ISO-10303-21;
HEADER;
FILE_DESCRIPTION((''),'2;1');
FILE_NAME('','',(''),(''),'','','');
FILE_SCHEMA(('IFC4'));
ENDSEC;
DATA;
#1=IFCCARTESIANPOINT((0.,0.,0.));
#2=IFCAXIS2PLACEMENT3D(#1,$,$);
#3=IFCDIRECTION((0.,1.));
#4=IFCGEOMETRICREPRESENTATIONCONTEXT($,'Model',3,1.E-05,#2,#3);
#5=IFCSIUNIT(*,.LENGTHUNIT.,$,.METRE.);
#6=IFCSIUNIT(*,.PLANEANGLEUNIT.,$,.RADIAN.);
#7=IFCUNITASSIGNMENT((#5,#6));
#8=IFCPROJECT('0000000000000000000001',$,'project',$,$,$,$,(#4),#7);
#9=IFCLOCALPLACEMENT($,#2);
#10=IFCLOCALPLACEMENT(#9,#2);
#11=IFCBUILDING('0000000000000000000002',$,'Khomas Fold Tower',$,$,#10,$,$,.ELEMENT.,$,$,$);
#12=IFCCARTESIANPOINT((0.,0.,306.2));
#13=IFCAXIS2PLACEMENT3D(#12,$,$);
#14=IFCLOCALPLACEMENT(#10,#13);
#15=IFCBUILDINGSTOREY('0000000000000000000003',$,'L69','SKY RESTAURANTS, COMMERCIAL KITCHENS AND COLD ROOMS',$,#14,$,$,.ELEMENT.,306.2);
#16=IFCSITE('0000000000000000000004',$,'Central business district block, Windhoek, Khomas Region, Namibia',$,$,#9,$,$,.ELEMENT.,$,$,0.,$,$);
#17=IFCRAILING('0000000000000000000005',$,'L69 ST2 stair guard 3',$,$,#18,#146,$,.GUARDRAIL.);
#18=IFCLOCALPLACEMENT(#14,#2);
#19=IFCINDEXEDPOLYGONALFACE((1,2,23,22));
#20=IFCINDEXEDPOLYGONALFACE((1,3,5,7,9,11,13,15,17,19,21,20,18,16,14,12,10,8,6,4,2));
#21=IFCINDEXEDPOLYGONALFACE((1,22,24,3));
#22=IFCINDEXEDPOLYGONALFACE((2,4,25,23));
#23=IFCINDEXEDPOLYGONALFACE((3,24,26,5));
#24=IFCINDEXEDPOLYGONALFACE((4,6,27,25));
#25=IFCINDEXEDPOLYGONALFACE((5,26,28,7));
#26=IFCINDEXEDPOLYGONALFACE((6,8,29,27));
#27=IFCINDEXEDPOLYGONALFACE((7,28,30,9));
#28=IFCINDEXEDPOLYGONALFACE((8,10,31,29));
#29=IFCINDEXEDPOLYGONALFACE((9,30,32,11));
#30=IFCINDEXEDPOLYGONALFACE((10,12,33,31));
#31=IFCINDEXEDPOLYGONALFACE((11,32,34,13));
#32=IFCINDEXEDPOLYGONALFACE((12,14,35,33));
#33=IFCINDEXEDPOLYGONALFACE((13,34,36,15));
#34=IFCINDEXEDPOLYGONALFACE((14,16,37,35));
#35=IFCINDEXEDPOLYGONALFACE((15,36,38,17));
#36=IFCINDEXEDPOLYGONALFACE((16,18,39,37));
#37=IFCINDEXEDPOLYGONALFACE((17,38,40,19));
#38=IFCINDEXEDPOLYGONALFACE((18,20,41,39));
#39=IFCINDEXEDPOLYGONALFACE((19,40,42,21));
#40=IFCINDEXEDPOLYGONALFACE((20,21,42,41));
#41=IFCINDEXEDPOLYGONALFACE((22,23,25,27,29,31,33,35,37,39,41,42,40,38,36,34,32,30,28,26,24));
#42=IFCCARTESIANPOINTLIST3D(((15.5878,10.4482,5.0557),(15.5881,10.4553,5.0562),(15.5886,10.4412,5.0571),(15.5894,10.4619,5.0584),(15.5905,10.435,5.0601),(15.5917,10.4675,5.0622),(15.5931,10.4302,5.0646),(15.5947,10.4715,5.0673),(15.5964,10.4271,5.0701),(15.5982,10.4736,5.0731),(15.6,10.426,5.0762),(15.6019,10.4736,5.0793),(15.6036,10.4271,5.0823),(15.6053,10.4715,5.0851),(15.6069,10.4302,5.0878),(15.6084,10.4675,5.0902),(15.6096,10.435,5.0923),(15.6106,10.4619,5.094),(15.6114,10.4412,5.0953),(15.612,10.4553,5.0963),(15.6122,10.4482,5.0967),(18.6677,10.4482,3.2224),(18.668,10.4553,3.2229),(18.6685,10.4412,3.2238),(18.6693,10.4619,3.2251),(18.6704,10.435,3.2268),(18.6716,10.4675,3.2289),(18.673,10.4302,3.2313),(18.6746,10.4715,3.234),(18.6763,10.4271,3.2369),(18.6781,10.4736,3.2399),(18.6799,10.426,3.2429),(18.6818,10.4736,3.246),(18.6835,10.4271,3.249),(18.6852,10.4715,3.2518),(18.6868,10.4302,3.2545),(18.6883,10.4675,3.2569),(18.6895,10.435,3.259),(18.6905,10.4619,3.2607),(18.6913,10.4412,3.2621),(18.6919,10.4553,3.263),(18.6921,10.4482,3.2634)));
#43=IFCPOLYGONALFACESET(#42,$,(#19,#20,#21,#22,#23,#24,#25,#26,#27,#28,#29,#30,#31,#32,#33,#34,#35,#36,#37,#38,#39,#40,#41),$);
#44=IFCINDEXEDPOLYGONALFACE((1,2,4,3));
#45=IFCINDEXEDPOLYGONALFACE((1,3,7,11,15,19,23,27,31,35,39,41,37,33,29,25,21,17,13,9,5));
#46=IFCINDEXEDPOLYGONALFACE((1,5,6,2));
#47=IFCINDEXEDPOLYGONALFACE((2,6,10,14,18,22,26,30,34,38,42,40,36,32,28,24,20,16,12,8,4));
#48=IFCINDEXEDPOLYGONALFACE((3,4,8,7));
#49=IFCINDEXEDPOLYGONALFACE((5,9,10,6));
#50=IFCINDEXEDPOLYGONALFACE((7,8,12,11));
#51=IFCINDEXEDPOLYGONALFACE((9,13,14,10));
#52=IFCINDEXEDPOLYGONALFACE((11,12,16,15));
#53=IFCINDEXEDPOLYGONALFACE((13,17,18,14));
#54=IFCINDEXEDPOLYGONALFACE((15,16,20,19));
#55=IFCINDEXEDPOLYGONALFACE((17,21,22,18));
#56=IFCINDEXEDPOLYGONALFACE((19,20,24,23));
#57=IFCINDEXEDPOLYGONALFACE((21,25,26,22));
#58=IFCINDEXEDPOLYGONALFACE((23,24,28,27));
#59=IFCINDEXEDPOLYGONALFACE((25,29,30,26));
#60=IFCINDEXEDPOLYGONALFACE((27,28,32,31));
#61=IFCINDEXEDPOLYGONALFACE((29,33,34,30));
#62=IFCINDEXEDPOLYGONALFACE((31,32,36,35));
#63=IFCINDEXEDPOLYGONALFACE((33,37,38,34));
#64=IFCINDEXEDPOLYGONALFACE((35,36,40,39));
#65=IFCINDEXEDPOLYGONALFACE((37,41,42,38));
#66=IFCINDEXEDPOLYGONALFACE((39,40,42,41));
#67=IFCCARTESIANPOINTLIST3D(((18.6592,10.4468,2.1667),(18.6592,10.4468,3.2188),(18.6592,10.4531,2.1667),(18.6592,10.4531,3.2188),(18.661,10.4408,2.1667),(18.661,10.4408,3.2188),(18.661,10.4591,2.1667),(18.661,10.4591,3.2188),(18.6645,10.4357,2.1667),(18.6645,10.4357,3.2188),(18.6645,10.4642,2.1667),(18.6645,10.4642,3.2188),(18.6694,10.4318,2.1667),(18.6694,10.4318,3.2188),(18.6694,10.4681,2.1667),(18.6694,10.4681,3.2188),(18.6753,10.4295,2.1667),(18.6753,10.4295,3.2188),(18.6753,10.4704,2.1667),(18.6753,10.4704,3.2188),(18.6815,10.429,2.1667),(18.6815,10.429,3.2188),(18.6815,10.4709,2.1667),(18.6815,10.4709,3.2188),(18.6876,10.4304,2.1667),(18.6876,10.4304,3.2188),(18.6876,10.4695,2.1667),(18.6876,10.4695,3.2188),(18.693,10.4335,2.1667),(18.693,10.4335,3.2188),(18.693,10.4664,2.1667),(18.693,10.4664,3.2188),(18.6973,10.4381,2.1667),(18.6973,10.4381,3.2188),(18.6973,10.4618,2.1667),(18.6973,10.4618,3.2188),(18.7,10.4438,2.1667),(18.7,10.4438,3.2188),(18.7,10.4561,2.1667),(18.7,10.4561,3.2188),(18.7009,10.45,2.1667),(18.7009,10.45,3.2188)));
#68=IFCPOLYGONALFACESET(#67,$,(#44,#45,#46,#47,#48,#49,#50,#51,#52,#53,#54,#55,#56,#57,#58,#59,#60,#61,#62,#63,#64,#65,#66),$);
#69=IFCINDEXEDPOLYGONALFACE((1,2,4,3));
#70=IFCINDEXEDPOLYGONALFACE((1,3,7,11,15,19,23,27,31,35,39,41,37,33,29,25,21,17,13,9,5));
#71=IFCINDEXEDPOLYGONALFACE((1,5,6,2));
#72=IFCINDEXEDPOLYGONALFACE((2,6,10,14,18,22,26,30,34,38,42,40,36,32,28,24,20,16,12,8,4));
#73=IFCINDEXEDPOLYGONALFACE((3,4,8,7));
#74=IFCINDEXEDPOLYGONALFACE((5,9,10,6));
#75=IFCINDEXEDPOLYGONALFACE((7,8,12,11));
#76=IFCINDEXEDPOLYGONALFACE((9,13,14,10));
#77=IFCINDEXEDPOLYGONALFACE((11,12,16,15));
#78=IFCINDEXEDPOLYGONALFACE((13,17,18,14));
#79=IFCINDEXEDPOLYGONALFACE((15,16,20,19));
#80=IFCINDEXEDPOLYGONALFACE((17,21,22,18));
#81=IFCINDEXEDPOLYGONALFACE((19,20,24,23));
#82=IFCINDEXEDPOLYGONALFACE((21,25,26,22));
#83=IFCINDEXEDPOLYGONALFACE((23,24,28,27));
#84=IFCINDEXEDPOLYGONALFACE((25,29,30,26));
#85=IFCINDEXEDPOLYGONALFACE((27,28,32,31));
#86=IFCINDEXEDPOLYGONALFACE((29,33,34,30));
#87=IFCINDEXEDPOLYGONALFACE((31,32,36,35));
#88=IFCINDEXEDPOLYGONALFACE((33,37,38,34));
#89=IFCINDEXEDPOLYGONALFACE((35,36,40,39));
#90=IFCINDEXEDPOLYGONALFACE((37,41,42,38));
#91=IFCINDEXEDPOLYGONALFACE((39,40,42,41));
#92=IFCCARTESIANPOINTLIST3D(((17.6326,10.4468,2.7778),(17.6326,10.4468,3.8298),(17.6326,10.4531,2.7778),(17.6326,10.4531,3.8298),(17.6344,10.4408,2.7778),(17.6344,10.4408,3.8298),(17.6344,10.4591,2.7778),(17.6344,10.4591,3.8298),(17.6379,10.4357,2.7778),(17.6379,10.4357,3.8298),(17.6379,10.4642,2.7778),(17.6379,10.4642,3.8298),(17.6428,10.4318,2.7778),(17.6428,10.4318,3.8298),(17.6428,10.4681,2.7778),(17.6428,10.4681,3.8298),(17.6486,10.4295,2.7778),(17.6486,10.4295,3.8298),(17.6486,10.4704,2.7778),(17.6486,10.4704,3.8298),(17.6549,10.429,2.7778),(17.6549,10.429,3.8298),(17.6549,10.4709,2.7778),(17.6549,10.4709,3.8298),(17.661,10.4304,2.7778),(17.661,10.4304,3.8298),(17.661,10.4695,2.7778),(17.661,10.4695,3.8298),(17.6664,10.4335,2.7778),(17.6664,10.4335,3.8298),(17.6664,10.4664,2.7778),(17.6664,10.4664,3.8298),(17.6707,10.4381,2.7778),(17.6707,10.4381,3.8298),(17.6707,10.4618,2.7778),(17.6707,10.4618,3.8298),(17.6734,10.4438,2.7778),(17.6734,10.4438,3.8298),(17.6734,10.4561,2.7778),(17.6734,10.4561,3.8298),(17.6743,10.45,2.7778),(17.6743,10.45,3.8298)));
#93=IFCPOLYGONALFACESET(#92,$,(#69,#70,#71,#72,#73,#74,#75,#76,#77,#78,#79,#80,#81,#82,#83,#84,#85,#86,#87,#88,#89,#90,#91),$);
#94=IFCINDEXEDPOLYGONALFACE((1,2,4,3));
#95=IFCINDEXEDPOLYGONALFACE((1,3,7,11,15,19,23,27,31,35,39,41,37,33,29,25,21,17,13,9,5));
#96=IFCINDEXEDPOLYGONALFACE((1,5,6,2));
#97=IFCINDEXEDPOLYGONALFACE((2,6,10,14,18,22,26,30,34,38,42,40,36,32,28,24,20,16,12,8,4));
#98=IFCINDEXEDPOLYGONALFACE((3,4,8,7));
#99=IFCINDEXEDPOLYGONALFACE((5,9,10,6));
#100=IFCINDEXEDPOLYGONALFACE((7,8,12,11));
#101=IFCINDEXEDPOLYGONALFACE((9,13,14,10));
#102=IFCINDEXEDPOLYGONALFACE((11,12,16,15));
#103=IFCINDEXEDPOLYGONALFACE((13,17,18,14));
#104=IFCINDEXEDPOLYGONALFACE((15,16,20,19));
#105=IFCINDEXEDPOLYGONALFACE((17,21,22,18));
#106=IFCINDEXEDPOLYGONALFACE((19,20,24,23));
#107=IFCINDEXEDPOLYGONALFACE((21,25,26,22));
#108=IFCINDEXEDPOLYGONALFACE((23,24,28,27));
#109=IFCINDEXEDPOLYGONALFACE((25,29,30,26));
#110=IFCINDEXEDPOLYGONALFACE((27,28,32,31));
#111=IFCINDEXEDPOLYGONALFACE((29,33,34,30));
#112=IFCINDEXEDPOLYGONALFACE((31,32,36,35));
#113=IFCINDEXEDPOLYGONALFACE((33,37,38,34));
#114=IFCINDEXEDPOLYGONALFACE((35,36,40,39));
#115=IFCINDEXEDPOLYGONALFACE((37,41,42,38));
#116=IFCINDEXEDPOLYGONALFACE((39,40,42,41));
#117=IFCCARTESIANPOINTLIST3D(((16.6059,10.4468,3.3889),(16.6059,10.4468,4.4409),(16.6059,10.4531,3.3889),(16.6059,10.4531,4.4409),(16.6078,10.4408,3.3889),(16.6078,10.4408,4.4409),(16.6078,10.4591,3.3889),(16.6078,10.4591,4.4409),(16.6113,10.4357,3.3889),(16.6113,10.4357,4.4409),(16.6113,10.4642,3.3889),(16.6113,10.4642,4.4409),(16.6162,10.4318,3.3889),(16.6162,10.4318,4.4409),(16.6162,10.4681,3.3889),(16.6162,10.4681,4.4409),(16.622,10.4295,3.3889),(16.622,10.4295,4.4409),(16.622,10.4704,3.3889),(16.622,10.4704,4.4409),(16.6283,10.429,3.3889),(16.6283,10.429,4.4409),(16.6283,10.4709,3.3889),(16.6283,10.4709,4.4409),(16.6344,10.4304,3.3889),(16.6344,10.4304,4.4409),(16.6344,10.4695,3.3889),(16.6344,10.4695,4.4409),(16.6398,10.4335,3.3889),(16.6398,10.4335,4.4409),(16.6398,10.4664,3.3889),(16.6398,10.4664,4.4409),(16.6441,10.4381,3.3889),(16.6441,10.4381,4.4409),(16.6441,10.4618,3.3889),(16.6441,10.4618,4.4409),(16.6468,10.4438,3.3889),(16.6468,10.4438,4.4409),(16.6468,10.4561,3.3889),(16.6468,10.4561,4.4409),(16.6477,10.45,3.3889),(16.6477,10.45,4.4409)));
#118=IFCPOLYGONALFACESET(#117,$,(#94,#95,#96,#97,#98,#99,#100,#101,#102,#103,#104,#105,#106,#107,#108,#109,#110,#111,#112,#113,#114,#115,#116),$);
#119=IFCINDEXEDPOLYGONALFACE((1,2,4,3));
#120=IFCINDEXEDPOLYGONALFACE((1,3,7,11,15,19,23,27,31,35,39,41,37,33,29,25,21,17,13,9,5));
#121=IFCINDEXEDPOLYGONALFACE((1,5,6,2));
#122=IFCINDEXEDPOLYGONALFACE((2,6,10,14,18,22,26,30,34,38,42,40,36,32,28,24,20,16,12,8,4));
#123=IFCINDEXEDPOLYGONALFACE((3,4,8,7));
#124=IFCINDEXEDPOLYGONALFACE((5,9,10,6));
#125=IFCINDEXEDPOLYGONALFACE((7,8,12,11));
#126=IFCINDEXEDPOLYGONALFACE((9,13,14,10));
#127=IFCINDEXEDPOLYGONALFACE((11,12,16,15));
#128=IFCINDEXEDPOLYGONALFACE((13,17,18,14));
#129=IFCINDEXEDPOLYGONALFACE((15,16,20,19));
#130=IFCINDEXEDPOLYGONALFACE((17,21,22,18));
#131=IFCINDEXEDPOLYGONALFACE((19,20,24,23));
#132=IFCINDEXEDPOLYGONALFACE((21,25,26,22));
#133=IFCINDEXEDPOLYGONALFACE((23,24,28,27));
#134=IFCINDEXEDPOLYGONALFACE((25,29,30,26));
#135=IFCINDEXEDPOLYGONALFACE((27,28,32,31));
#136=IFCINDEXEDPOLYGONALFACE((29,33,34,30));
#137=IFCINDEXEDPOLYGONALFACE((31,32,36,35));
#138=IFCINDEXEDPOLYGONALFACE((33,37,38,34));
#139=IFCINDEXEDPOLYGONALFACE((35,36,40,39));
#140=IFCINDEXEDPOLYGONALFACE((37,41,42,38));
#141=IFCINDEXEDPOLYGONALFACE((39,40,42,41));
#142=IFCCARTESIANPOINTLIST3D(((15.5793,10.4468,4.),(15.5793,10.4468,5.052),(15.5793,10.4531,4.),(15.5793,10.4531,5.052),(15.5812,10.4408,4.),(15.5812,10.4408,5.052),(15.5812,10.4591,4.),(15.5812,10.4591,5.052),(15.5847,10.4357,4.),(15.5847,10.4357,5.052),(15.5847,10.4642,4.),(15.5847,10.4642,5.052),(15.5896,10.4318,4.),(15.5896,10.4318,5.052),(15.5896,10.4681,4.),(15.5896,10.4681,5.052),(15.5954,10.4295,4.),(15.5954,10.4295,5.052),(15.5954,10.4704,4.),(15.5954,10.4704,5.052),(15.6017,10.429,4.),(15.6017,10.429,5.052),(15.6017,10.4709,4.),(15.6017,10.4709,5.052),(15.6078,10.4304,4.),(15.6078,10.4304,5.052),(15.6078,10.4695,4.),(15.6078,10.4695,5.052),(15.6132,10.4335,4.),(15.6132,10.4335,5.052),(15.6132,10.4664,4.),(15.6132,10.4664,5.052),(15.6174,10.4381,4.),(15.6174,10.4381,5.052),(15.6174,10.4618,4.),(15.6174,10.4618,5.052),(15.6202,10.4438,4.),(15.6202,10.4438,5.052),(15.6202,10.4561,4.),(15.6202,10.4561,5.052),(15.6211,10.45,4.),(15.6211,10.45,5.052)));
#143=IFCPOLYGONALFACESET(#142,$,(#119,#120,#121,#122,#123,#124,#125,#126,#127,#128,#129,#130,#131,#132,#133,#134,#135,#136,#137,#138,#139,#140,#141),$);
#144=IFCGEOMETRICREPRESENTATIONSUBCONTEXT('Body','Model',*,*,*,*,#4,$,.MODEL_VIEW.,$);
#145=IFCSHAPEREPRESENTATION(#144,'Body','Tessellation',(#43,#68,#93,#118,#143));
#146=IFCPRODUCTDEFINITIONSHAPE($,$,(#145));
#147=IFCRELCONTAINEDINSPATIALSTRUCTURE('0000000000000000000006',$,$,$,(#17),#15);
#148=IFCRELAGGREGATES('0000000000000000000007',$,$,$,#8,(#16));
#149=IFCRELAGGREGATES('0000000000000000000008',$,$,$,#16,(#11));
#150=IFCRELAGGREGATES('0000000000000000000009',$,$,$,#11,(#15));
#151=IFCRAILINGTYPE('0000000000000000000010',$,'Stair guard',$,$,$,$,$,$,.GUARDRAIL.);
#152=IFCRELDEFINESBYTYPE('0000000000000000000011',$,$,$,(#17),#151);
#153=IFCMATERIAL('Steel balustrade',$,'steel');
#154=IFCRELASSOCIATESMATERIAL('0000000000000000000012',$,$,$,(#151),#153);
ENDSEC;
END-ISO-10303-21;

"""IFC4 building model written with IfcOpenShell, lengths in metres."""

from ifc_helpers import new_model, si_unit, direction, frame, origin, origin_2d, place, context, subcontext, project, spatial, circle, extrude, source, transform, mapped, material, type_object, element, save


model = new_model("IFC4")

# Units and contexts
model_context = context("Model", 3, precision=1e-05, world=origin(), true_north=direction((0.0, 1.0)))
body_context = subcontext(model_context, "Body", "Model", "MODEL_VIEW")
ifc_project = project(units=[si_unit("LENGTHUNIT", "METRE"), si_unit("PLANEANGLEUNIT", "RADIAN")], contexts=[model_context])

# Site, building, storey
site_placement = place(None, origin())
site = spatial("IfcSite", under=ifc_project, at=site_placement, Name="Central business district block, Windhoek, Khomas Region, Namibia", CompositionType="ELEMENT", RefElevation=0.0)
building_placement = place(site_placement, origin())
building = spatial("IfcBuilding", under=site, at=building_placement, Name="Khomas Fold Tower", CompositionType="ELEMENT")
storey_placement = place(building_placement, frame((0.0, 0.0, 306.2)))
storey = spatial("IfcBuildingStorey", under=building, at=storey_placement, Name="L69", Description="SKY RESTAURANTS, COMMERCIAL KITCHENS AND COLD ROOMS", CompositionType="ELEMENT", Elevation=306.2)

# Railing
ifc_material_1 = material(Name="Steel balustrade", Category="steel")
railing_type_1 = type_object("IfcRailingType", Name="Stair guard", PredefinedType="GUARDRAIL", material=ifc_material_1)
shared_shape_1 = source(origin(), body_context, "Body", "SweptSolid", [
    extrude(circle(Radius=0.0239, at=origin_2d()), frame((0.0, 0.0, 1.0762), z_axis=(-0.859291, 0.0, 0.511487), x_axis=(0.0, -1.0, 0.0)), (0.0, 0.0, 1.0), 3.5842),
    extrude(circle(Radius=0.021, at=origin_2d()), origin(), (0.0, 0.0, 1.0), 1.052),
    extrude(circle(Radius=0.021, at=origin_2d()), frame((-1.0266, 0.0, 0.6111)), (0.0, 0.0, 1.0), 1.052),
    extrude(circle(Radius=0.021, at=origin_2d()), frame((-2.0532, 0.0, 1.2222)), (0.0, 0.0, 1.0), 1.052),
    extrude(circle(Radius=0.021, at=origin_2d()), frame((-3.0798, 0.0, 1.8333)), (0.0, 0.0, 1.0), 1.052),
])
railing_1_placement = place(storey_placement, frame((18.6799, 10.45, 2.1667)))
element("IfcRailing", 1, at=railing_1_placement, inside=storey, type_object=railing_type_1, Name="L69 ST2 stair guard 3", PredefinedType="GUARDRAIL", context=body_context, shape_type="MappedRepresentation", body=[
    mapped(shared_shape_1, transform((0.0, 0.0, 0.0))),
])

save(model, "model.ifc")
